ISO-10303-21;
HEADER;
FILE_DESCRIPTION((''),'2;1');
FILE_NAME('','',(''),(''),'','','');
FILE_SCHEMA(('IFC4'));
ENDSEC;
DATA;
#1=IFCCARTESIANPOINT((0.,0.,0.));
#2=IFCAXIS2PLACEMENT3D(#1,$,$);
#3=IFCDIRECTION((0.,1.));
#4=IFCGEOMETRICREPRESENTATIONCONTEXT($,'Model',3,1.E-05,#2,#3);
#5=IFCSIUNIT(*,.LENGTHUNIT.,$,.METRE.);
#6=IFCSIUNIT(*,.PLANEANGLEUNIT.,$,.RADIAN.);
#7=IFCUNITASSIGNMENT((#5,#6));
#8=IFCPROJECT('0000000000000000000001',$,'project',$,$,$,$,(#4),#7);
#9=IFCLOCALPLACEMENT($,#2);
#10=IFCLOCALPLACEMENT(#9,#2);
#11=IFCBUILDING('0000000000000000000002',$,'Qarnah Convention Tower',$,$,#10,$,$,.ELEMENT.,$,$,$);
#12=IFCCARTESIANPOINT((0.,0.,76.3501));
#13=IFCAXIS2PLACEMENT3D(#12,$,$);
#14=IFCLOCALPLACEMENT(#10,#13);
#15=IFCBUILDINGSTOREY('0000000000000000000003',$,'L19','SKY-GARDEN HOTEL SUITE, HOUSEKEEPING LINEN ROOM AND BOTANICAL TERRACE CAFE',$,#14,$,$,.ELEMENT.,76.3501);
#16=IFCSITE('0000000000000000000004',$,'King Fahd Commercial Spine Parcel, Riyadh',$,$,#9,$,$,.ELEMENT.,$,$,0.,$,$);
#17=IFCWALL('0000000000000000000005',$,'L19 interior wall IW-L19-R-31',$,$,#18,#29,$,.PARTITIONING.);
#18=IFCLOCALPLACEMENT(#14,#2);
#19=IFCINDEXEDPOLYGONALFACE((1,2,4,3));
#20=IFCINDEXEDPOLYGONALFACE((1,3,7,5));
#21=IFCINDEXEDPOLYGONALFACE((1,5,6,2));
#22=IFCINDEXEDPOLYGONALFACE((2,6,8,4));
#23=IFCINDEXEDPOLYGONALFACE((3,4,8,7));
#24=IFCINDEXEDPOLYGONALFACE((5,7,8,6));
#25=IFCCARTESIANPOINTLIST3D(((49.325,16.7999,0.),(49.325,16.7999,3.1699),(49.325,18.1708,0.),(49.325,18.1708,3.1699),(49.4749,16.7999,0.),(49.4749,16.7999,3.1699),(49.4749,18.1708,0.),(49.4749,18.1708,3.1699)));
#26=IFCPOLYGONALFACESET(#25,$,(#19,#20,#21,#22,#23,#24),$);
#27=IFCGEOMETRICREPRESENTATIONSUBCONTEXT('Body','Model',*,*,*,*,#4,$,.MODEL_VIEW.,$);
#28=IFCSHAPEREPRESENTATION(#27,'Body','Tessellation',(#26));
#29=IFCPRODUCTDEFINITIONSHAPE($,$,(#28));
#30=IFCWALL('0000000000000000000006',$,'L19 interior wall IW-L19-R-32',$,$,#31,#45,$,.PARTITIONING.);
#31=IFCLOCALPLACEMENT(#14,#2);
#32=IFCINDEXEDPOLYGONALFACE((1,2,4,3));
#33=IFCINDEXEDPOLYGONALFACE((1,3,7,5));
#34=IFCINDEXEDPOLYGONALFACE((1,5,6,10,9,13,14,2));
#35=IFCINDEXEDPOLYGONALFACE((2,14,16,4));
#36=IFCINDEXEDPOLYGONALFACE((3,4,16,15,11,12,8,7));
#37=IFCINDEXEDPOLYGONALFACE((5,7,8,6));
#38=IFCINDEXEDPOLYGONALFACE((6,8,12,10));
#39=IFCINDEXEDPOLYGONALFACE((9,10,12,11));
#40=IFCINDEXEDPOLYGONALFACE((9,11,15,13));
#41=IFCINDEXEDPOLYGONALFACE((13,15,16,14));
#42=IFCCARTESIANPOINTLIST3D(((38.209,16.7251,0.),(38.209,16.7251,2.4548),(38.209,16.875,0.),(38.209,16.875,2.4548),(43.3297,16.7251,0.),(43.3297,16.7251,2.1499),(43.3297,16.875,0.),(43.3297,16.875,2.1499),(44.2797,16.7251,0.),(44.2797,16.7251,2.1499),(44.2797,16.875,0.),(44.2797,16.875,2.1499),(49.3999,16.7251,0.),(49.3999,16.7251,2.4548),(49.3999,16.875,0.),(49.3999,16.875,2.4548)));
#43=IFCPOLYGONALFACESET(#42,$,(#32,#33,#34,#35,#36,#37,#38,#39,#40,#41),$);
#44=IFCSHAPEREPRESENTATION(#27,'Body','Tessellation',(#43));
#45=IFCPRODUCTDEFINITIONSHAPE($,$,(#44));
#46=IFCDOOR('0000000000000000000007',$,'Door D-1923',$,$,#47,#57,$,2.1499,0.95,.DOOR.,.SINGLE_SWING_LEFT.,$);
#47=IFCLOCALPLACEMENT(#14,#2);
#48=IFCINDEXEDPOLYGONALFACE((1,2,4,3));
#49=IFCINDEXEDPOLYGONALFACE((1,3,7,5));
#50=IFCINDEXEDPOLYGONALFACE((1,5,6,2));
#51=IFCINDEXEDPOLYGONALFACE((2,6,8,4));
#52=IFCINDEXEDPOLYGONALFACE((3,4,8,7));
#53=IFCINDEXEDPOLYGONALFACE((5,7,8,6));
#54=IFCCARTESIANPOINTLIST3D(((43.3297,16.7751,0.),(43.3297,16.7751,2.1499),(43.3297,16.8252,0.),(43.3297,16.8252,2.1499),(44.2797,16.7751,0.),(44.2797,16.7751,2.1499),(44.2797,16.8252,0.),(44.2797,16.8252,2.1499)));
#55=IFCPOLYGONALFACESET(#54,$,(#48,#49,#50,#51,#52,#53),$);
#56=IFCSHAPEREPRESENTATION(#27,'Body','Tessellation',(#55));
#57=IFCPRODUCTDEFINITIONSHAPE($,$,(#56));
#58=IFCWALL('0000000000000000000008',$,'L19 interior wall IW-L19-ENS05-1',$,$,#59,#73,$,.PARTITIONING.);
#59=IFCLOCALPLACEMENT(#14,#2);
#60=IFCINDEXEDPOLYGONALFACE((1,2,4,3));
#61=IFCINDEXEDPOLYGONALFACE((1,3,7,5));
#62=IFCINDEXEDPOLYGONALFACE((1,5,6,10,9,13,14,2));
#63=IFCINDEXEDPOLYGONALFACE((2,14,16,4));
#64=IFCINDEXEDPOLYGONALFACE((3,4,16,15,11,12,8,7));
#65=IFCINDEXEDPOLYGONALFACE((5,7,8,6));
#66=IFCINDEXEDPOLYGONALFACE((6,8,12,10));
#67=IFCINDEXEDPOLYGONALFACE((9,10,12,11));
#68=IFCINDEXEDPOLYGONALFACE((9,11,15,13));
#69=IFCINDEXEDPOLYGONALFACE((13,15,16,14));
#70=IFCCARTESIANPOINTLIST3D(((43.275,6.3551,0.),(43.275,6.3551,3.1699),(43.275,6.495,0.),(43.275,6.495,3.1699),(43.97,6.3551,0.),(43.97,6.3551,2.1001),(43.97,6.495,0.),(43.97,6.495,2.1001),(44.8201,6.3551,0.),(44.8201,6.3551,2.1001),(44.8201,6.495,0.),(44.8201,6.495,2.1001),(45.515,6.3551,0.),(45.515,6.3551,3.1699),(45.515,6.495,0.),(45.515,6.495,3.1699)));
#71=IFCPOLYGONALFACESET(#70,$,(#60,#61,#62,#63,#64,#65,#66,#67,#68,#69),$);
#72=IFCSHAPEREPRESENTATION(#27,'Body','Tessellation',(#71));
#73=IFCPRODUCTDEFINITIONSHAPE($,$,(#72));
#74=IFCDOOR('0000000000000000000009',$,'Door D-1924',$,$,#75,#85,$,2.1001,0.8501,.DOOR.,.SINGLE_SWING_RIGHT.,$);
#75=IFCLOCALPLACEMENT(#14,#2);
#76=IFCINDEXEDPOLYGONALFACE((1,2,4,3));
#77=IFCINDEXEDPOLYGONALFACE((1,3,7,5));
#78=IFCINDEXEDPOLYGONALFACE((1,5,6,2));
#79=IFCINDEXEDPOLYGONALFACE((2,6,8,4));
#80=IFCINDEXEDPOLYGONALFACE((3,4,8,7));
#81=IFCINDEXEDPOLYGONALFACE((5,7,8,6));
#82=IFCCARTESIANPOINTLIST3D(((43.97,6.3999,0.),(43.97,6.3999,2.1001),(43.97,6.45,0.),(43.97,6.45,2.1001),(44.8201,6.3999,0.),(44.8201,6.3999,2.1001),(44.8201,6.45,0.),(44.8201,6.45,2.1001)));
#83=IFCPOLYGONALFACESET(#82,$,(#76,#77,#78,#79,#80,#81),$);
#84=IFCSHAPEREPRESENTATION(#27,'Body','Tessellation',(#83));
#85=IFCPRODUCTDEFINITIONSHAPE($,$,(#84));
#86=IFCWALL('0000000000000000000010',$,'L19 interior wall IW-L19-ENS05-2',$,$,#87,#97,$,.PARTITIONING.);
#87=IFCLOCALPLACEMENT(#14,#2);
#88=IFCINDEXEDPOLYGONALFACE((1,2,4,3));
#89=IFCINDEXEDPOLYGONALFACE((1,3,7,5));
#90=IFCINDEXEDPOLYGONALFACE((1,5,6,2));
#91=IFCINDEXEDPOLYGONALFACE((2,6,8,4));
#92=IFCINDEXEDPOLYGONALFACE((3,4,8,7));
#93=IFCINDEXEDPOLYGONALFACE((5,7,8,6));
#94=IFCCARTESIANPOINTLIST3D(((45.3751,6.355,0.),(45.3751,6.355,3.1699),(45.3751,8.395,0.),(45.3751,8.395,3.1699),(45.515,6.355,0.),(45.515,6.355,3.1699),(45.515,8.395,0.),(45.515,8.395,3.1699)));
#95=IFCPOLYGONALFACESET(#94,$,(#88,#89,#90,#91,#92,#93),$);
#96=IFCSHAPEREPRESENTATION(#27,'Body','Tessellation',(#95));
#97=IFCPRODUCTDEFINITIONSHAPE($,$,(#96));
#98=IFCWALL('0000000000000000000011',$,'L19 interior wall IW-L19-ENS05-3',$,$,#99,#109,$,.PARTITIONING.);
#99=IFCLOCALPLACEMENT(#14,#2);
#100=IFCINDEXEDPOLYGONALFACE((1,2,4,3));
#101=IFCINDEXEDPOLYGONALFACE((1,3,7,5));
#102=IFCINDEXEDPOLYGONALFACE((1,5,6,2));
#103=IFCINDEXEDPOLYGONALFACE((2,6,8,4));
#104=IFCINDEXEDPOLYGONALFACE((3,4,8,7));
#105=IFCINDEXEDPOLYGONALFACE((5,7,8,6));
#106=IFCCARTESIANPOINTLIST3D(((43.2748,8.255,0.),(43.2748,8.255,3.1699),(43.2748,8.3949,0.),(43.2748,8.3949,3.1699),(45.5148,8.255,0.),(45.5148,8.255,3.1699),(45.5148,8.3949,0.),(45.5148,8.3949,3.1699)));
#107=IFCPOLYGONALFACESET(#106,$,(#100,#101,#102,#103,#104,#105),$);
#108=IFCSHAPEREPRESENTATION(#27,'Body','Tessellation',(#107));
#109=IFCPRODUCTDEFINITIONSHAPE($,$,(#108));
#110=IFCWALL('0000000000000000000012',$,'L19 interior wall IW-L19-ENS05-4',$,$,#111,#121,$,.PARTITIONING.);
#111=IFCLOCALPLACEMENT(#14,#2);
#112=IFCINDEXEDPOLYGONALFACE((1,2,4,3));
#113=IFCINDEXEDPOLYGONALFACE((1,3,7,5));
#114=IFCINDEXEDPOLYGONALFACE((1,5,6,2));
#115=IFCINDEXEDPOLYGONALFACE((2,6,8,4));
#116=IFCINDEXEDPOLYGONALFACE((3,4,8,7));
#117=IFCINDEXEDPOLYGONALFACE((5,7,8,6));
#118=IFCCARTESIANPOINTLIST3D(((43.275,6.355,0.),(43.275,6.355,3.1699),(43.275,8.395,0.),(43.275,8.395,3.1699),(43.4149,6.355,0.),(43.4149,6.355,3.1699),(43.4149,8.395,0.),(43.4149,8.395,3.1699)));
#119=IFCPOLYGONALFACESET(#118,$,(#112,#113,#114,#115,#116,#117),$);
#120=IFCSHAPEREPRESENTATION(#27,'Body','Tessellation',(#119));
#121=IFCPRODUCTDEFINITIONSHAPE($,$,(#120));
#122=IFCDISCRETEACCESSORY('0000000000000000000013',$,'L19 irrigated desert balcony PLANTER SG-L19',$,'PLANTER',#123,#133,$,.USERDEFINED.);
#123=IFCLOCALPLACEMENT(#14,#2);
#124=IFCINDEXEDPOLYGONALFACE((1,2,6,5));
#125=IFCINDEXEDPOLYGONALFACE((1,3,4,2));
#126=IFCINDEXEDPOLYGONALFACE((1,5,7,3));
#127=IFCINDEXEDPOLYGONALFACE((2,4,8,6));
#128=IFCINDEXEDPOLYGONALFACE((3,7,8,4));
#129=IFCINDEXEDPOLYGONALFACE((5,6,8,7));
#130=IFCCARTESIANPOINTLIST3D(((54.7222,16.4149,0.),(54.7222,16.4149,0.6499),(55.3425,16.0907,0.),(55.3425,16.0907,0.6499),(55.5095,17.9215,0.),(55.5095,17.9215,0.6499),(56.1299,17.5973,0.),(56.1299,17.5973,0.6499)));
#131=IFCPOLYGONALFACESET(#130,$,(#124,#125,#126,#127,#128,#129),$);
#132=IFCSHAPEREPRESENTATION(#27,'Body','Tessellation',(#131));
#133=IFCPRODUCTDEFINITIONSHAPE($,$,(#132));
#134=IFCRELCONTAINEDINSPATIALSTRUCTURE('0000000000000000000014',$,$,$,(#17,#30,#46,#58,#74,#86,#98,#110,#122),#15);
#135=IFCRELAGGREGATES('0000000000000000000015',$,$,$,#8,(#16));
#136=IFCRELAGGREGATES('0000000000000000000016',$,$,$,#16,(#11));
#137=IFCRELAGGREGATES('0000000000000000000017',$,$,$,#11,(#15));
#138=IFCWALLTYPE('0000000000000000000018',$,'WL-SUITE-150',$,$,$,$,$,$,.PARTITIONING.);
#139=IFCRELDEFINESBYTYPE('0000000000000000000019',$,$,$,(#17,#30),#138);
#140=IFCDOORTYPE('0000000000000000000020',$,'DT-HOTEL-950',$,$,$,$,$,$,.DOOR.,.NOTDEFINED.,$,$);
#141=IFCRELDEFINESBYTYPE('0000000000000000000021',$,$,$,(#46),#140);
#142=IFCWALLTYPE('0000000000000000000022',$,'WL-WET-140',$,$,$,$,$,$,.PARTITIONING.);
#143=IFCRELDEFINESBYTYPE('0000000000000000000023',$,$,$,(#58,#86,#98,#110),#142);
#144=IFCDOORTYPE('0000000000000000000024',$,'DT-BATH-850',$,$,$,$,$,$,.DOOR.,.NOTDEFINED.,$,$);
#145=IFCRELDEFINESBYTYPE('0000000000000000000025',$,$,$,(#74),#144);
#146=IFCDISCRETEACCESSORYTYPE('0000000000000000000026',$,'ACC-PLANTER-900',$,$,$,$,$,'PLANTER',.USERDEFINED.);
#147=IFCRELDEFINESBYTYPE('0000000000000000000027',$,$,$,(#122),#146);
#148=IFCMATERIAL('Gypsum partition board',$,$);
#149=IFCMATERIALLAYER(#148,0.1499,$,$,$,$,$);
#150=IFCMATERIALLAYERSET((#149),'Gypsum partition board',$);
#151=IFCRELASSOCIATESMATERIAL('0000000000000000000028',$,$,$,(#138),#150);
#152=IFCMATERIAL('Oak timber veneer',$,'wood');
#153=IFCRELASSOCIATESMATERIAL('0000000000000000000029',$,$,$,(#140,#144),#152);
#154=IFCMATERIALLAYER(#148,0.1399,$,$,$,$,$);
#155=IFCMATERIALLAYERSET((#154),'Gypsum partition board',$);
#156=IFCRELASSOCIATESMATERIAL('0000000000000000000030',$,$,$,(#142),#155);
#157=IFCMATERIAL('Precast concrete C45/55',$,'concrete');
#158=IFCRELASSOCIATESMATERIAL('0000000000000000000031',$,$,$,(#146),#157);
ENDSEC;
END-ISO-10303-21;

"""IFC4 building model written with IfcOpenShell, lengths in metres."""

from ifc_helpers import new_model, si_unit, direction, frame, frame_2d, origin, origin_2d, place, context, subcontext, project, spatial, rectangle, extrude, material, layer, layer_set, type_object, element, fill, save


model = new_model("IFC4")

# Units and contexts
model_context = context("Model", 3, precision=1e-05, world=origin(), true_north=direction((0.0, 1.0)))
body_context = subcontext(model_context, "Body", "Model", "MODEL_VIEW")
ifc_project = project(units=[si_unit("LENGTHUNIT", "METRE"), si_unit("PLANEANGLEUNIT", "RADIAN")], contexts=[model_context])

# Site, building, storey
site_placement = place(None, origin())
site = spatial("IfcSite", under=ifc_project, at=site_placement, Name="King Fahd Commercial Spine Parcel, Riyadh", CompositionType="ELEMENT", RefElevation=0.0)
building_placement = place(site_placement, origin())
building = spatial("IfcBuilding", under=site, at=building_placement, Name="Qarnah Convention Tower", CompositionType="ELEMENT")
storey_placement = place(building_placement, frame((0.0, 0.0, 76.3501)))
storey = spatial("IfcBuildingStorey", under=building, at=storey_placement, Name="L19", Description="SKY-GARDEN HOTEL SUITE, HOUSEKEEPING LINEN ROOM AND BOTANICAL TERRACE CAFE", CompositionType="ELEMENT", Elevation=76.3501)

# Shared definitions
ifc_material_1 = material(Name="Gypsum partition board")
ifc_layer_1 = layer(ifc_material_1, 0.1499)
ifc_layer_set_1 = layer_set([ifc_layer_1], Name="Gypsum partition board")
wall_type_1 = type_object("IfcWallType", Name="WL-SUITE-150", PredefinedType="PARTITIONING", material=ifc_layer_set_1)

# Shared definitions
ifc_material_2 = material(Name="Oak timber veneer", Category="wood")
door_type_1 = type_object("IfcDoorType", Name="DT-HOTEL-950", OperationType="NOTDEFINED", PredefinedType="DOOR", material=ifc_material_2)

# Wall
wall_1_placement = place(storey_placement, frame((49.3999, 18.1709, 0.0), z_axis=(0.0, 0.0, 1.0), x_axis=(0.0, -1.0, 0.0)))
element("IfcWall", 1, at=wall_1_placement, inside=storey, type_object=wall_type_1, Name="L19 interior wall IW-L19-R-31", PredefinedType="PARTITIONING", context=body_context, shape_type="SweptSolid", body=[
    extrude(rectangle(XDim=1.3708, YDim=0.1499, at=frame_2d((0.6855, 0.0))), origin(), (0.0, 0.0, 1.0), 3.1699),
])

# Walls, openings, doors
wall_2_placement = place(storey_placement, frame((49.3999, 16.8, 0.0), z_axis=(0.0, 0.0, 1.0), x_axis=(-1.0, 0.0, 0.0)))
wall_2 = element("IfcWall", 2, at=wall_2_placement, inside=storey, type_object=wall_type_1, Name="L19 interior wall IW-L19-R-32", PredefinedType="PARTITIONING", context=body_context, shape_type="SweptSolid", body=[
    extrude(rectangle(XDim=11.1909, YDim=0.1499, at=frame_2d((5.5955, 0.0))), origin(), (0.0, 0.0, 1.0), 2.4548),
])
opening_1_placement = place(wall_2_placement, frame((5.1201, 0.0, 0.0)))
opening_1 = element("IfcOpeningElement", 3, at=opening_1_placement, cuts=wall_2, PredefinedType="OPENING", context=body_context, shape_type="SweptSolid", body=[
    extrude(rectangle(XDim=0.95, YDim=2.1499, at=frame_2d((0.4751, 1.075))), frame((0.0, 0.085, 0.0), z_axis=(0.0, -1.0, 0.0), x_axis=(1.0, 0.0, 0.0)), (0.0, 0.0, 1.0), 0.1699),
])
door_1_placement = place(opening_1_placement, origin())
door_1 = element("IfcDoor", 4, at=door_1_placement, inside=storey, type_object=door_type_1, Name="Door D-1923", OperationType="SINGLE_SWING_LEFT", OverallHeight=2.1499, OverallWidth=0.95, PredefinedType="DOOR", context=body_context, shape_type="SweptSolid", body=[
    extrude(rectangle(XDim=0.95, YDim=2.1499, at=frame_2d((0.4751, 1.075))), frame((0.0, 0.0249, 0.0), z_axis=(0.0, -1.0, 0.0), x_axis=(1.0, 0.0, 0.0)), (0.0, 0.0, 1.0), 0.05),
])
fill(opening_1, door_1)
ifc_layer_2 = layer(ifc_material_1, 0.1399)
ifc_layer_set_2 = layer_set([ifc_layer_2], Name="Gypsum partition board")
wall_type_2 = type_object("IfcWallType", Name="WL-WET-140", PredefinedType="PARTITIONING", material=ifc_layer_set_2)
wall_3_placement = place(storey_placement, frame((43.2749, 6.425, 0.0), z_axis=(0.0, 0.0, 1.0), x_axis=(1.0, 0.0, 0.0)))
wall_3 = element("IfcWall", 5, at=wall_3_placement, inside=storey, type_object=wall_type_2, Name="L19 interior wall IW-L19-ENS05-1", PredefinedType="PARTITIONING", context=body_context, shape_type="SweptSolid", body=[
    extrude(rectangle(XDim=2.24, YDim=0.1399, at=frame_2d((1.1201, 0.0))), origin(), (0.0, 0.0, 1.0), 3.1699),
])
opening_2_placement = place(wall_3_placement, frame((0.6951, 0.0, 0.0)))
opening_2 = element("IfcOpeningElement", 6, at=opening_2_placement, cuts=wall_3, PredefinedType="OPENING", context=body_context, shape_type="SweptSolid", body=[
    extrude(rectangle(XDim=0.8501, YDim=2.1001, at=frame_2d((0.425, 1.05))), frame((0.0, 0.0798, 0.0), z_axis=(0.0, -1.0, 0.0), x_axis=(1.0, 0.0, 0.0)), (0.0, 0.0, 1.0), 0.1599),
])
door_type_2 = type_object("IfcDoorType", Name="DT-BATH-850", OperationType="NOTDEFINED", PredefinedType="DOOR", material=ifc_material_2)
door_2_placement = place(opening_2_placement, origin())
door_2 = element("IfcDoor", 7, at=door_2_placement, inside=storey, type_object=door_type_2, Name="Door D-1924", OperationType="SINGLE_SWING_RIGHT", OverallHeight=2.1001, OverallWidth=0.8501, PredefinedType="DOOR", context=body_context, shape_type="SweptSolid", body=[
    extrude(rectangle(XDim=0.8501, YDim=2.1001, at=frame_2d((0.425, 1.05))), frame((0.0, 0.0249, 0.0), z_axis=(0.0, -1.0, 0.0), x_axis=(1.0, 0.0, 0.0)), (0.0, 0.0, 1.0), 0.05),
])
fill(opening_2, door_2)

# Walls
wall_4_placement = place(storey_placement, frame((45.4451, 6.355, 0.0), z_axis=(0.0, 0.0, 1.0), x_axis=(0.0, 1.0, 0.0)))
element("IfcWall", 8, at=wall_4_placement, inside=storey, type_object=wall_type_2, Name="L19 interior wall IW-L19-ENS05-2", PredefinedType="PARTITIONING", context=body_context, shape_type="SweptSolid", body=[
    extrude(rectangle(XDim=2.04, YDim=0.1399, at=frame_2d((1.02, 0.0))), origin(), (0.0, 0.0, 1.0), 3.1699),
])
wall_5_placement = place(storey_placement, frame((45.5149, 8.325, 0.0), z_axis=(0.0, 0.0, 1.0), x_axis=(-1.0, 0.0, 0.0)))
element("IfcWall", 9, at=wall_5_placement, inside=storey, type_object=wall_type_2, Name="L19 interior wall IW-L19-ENS05-3", PredefinedType="PARTITIONING", context=body_context, shape_type="SweptSolid", body=[
    extrude(rectangle(XDim=2.24, YDim=0.1399, at=frame_2d((1.1201, 0.0))), origin(), (0.0, 0.0, 1.0), 3.1699),
])
wall_6_placement = place(storey_placement, frame((43.345, 8.395, 0.0), z_axis=(0.0, 0.0, 1.0), x_axis=(0.0, -1.0, 0.0)))
element("IfcWall", 10, at=wall_6_placement, inside=storey, type_object=wall_type_2, Name="L19 interior wall IW-L19-ENS05-4", PredefinedType="PARTITIONING", context=body_context, shape_type="SweptSolid", body=[
    extrude(rectangle(XDim=2.04, YDim=0.1399, at=frame_2d((1.02, 0.0))), origin(), (0.0, 0.0, 1.0), 3.1699),
])

# Discrete accessory
ifc_material_3 = material(Name="Precast concrete C45/55", Category="concrete")
discrete_accessory_type = type_object("IfcDiscreteAccessoryType", Name="ACC-PLANTER-900", ElementType="PLANTER", PredefinedType="USERDEFINED", material=ifc_material_3)
discrete_accessory_placement = place(storey_placement, frame((55.426, 17.0061, 0.0), z_axis=(0.0, 0.0, 1.0), x_axis=(0.463141, 0.886284, 0.0)))
element("IfcDiscreteAccessory", 11, at=discrete_accessory_placement, inside=storey, type_object=discrete_accessory_type, Name="L19 irrigated desert balcony PLANTER SG-L19", ObjectType="PLANTER", PredefinedType="USERDEFINED", context=body_context, shape_type="SweptSolid", body=[
    extrude(rectangle(XDim=1.7, YDim=0.7, at=origin_2d()), origin(), (0.0, 0.0, 1.0), 0.6499),
])

save(model, "model.ifc")
